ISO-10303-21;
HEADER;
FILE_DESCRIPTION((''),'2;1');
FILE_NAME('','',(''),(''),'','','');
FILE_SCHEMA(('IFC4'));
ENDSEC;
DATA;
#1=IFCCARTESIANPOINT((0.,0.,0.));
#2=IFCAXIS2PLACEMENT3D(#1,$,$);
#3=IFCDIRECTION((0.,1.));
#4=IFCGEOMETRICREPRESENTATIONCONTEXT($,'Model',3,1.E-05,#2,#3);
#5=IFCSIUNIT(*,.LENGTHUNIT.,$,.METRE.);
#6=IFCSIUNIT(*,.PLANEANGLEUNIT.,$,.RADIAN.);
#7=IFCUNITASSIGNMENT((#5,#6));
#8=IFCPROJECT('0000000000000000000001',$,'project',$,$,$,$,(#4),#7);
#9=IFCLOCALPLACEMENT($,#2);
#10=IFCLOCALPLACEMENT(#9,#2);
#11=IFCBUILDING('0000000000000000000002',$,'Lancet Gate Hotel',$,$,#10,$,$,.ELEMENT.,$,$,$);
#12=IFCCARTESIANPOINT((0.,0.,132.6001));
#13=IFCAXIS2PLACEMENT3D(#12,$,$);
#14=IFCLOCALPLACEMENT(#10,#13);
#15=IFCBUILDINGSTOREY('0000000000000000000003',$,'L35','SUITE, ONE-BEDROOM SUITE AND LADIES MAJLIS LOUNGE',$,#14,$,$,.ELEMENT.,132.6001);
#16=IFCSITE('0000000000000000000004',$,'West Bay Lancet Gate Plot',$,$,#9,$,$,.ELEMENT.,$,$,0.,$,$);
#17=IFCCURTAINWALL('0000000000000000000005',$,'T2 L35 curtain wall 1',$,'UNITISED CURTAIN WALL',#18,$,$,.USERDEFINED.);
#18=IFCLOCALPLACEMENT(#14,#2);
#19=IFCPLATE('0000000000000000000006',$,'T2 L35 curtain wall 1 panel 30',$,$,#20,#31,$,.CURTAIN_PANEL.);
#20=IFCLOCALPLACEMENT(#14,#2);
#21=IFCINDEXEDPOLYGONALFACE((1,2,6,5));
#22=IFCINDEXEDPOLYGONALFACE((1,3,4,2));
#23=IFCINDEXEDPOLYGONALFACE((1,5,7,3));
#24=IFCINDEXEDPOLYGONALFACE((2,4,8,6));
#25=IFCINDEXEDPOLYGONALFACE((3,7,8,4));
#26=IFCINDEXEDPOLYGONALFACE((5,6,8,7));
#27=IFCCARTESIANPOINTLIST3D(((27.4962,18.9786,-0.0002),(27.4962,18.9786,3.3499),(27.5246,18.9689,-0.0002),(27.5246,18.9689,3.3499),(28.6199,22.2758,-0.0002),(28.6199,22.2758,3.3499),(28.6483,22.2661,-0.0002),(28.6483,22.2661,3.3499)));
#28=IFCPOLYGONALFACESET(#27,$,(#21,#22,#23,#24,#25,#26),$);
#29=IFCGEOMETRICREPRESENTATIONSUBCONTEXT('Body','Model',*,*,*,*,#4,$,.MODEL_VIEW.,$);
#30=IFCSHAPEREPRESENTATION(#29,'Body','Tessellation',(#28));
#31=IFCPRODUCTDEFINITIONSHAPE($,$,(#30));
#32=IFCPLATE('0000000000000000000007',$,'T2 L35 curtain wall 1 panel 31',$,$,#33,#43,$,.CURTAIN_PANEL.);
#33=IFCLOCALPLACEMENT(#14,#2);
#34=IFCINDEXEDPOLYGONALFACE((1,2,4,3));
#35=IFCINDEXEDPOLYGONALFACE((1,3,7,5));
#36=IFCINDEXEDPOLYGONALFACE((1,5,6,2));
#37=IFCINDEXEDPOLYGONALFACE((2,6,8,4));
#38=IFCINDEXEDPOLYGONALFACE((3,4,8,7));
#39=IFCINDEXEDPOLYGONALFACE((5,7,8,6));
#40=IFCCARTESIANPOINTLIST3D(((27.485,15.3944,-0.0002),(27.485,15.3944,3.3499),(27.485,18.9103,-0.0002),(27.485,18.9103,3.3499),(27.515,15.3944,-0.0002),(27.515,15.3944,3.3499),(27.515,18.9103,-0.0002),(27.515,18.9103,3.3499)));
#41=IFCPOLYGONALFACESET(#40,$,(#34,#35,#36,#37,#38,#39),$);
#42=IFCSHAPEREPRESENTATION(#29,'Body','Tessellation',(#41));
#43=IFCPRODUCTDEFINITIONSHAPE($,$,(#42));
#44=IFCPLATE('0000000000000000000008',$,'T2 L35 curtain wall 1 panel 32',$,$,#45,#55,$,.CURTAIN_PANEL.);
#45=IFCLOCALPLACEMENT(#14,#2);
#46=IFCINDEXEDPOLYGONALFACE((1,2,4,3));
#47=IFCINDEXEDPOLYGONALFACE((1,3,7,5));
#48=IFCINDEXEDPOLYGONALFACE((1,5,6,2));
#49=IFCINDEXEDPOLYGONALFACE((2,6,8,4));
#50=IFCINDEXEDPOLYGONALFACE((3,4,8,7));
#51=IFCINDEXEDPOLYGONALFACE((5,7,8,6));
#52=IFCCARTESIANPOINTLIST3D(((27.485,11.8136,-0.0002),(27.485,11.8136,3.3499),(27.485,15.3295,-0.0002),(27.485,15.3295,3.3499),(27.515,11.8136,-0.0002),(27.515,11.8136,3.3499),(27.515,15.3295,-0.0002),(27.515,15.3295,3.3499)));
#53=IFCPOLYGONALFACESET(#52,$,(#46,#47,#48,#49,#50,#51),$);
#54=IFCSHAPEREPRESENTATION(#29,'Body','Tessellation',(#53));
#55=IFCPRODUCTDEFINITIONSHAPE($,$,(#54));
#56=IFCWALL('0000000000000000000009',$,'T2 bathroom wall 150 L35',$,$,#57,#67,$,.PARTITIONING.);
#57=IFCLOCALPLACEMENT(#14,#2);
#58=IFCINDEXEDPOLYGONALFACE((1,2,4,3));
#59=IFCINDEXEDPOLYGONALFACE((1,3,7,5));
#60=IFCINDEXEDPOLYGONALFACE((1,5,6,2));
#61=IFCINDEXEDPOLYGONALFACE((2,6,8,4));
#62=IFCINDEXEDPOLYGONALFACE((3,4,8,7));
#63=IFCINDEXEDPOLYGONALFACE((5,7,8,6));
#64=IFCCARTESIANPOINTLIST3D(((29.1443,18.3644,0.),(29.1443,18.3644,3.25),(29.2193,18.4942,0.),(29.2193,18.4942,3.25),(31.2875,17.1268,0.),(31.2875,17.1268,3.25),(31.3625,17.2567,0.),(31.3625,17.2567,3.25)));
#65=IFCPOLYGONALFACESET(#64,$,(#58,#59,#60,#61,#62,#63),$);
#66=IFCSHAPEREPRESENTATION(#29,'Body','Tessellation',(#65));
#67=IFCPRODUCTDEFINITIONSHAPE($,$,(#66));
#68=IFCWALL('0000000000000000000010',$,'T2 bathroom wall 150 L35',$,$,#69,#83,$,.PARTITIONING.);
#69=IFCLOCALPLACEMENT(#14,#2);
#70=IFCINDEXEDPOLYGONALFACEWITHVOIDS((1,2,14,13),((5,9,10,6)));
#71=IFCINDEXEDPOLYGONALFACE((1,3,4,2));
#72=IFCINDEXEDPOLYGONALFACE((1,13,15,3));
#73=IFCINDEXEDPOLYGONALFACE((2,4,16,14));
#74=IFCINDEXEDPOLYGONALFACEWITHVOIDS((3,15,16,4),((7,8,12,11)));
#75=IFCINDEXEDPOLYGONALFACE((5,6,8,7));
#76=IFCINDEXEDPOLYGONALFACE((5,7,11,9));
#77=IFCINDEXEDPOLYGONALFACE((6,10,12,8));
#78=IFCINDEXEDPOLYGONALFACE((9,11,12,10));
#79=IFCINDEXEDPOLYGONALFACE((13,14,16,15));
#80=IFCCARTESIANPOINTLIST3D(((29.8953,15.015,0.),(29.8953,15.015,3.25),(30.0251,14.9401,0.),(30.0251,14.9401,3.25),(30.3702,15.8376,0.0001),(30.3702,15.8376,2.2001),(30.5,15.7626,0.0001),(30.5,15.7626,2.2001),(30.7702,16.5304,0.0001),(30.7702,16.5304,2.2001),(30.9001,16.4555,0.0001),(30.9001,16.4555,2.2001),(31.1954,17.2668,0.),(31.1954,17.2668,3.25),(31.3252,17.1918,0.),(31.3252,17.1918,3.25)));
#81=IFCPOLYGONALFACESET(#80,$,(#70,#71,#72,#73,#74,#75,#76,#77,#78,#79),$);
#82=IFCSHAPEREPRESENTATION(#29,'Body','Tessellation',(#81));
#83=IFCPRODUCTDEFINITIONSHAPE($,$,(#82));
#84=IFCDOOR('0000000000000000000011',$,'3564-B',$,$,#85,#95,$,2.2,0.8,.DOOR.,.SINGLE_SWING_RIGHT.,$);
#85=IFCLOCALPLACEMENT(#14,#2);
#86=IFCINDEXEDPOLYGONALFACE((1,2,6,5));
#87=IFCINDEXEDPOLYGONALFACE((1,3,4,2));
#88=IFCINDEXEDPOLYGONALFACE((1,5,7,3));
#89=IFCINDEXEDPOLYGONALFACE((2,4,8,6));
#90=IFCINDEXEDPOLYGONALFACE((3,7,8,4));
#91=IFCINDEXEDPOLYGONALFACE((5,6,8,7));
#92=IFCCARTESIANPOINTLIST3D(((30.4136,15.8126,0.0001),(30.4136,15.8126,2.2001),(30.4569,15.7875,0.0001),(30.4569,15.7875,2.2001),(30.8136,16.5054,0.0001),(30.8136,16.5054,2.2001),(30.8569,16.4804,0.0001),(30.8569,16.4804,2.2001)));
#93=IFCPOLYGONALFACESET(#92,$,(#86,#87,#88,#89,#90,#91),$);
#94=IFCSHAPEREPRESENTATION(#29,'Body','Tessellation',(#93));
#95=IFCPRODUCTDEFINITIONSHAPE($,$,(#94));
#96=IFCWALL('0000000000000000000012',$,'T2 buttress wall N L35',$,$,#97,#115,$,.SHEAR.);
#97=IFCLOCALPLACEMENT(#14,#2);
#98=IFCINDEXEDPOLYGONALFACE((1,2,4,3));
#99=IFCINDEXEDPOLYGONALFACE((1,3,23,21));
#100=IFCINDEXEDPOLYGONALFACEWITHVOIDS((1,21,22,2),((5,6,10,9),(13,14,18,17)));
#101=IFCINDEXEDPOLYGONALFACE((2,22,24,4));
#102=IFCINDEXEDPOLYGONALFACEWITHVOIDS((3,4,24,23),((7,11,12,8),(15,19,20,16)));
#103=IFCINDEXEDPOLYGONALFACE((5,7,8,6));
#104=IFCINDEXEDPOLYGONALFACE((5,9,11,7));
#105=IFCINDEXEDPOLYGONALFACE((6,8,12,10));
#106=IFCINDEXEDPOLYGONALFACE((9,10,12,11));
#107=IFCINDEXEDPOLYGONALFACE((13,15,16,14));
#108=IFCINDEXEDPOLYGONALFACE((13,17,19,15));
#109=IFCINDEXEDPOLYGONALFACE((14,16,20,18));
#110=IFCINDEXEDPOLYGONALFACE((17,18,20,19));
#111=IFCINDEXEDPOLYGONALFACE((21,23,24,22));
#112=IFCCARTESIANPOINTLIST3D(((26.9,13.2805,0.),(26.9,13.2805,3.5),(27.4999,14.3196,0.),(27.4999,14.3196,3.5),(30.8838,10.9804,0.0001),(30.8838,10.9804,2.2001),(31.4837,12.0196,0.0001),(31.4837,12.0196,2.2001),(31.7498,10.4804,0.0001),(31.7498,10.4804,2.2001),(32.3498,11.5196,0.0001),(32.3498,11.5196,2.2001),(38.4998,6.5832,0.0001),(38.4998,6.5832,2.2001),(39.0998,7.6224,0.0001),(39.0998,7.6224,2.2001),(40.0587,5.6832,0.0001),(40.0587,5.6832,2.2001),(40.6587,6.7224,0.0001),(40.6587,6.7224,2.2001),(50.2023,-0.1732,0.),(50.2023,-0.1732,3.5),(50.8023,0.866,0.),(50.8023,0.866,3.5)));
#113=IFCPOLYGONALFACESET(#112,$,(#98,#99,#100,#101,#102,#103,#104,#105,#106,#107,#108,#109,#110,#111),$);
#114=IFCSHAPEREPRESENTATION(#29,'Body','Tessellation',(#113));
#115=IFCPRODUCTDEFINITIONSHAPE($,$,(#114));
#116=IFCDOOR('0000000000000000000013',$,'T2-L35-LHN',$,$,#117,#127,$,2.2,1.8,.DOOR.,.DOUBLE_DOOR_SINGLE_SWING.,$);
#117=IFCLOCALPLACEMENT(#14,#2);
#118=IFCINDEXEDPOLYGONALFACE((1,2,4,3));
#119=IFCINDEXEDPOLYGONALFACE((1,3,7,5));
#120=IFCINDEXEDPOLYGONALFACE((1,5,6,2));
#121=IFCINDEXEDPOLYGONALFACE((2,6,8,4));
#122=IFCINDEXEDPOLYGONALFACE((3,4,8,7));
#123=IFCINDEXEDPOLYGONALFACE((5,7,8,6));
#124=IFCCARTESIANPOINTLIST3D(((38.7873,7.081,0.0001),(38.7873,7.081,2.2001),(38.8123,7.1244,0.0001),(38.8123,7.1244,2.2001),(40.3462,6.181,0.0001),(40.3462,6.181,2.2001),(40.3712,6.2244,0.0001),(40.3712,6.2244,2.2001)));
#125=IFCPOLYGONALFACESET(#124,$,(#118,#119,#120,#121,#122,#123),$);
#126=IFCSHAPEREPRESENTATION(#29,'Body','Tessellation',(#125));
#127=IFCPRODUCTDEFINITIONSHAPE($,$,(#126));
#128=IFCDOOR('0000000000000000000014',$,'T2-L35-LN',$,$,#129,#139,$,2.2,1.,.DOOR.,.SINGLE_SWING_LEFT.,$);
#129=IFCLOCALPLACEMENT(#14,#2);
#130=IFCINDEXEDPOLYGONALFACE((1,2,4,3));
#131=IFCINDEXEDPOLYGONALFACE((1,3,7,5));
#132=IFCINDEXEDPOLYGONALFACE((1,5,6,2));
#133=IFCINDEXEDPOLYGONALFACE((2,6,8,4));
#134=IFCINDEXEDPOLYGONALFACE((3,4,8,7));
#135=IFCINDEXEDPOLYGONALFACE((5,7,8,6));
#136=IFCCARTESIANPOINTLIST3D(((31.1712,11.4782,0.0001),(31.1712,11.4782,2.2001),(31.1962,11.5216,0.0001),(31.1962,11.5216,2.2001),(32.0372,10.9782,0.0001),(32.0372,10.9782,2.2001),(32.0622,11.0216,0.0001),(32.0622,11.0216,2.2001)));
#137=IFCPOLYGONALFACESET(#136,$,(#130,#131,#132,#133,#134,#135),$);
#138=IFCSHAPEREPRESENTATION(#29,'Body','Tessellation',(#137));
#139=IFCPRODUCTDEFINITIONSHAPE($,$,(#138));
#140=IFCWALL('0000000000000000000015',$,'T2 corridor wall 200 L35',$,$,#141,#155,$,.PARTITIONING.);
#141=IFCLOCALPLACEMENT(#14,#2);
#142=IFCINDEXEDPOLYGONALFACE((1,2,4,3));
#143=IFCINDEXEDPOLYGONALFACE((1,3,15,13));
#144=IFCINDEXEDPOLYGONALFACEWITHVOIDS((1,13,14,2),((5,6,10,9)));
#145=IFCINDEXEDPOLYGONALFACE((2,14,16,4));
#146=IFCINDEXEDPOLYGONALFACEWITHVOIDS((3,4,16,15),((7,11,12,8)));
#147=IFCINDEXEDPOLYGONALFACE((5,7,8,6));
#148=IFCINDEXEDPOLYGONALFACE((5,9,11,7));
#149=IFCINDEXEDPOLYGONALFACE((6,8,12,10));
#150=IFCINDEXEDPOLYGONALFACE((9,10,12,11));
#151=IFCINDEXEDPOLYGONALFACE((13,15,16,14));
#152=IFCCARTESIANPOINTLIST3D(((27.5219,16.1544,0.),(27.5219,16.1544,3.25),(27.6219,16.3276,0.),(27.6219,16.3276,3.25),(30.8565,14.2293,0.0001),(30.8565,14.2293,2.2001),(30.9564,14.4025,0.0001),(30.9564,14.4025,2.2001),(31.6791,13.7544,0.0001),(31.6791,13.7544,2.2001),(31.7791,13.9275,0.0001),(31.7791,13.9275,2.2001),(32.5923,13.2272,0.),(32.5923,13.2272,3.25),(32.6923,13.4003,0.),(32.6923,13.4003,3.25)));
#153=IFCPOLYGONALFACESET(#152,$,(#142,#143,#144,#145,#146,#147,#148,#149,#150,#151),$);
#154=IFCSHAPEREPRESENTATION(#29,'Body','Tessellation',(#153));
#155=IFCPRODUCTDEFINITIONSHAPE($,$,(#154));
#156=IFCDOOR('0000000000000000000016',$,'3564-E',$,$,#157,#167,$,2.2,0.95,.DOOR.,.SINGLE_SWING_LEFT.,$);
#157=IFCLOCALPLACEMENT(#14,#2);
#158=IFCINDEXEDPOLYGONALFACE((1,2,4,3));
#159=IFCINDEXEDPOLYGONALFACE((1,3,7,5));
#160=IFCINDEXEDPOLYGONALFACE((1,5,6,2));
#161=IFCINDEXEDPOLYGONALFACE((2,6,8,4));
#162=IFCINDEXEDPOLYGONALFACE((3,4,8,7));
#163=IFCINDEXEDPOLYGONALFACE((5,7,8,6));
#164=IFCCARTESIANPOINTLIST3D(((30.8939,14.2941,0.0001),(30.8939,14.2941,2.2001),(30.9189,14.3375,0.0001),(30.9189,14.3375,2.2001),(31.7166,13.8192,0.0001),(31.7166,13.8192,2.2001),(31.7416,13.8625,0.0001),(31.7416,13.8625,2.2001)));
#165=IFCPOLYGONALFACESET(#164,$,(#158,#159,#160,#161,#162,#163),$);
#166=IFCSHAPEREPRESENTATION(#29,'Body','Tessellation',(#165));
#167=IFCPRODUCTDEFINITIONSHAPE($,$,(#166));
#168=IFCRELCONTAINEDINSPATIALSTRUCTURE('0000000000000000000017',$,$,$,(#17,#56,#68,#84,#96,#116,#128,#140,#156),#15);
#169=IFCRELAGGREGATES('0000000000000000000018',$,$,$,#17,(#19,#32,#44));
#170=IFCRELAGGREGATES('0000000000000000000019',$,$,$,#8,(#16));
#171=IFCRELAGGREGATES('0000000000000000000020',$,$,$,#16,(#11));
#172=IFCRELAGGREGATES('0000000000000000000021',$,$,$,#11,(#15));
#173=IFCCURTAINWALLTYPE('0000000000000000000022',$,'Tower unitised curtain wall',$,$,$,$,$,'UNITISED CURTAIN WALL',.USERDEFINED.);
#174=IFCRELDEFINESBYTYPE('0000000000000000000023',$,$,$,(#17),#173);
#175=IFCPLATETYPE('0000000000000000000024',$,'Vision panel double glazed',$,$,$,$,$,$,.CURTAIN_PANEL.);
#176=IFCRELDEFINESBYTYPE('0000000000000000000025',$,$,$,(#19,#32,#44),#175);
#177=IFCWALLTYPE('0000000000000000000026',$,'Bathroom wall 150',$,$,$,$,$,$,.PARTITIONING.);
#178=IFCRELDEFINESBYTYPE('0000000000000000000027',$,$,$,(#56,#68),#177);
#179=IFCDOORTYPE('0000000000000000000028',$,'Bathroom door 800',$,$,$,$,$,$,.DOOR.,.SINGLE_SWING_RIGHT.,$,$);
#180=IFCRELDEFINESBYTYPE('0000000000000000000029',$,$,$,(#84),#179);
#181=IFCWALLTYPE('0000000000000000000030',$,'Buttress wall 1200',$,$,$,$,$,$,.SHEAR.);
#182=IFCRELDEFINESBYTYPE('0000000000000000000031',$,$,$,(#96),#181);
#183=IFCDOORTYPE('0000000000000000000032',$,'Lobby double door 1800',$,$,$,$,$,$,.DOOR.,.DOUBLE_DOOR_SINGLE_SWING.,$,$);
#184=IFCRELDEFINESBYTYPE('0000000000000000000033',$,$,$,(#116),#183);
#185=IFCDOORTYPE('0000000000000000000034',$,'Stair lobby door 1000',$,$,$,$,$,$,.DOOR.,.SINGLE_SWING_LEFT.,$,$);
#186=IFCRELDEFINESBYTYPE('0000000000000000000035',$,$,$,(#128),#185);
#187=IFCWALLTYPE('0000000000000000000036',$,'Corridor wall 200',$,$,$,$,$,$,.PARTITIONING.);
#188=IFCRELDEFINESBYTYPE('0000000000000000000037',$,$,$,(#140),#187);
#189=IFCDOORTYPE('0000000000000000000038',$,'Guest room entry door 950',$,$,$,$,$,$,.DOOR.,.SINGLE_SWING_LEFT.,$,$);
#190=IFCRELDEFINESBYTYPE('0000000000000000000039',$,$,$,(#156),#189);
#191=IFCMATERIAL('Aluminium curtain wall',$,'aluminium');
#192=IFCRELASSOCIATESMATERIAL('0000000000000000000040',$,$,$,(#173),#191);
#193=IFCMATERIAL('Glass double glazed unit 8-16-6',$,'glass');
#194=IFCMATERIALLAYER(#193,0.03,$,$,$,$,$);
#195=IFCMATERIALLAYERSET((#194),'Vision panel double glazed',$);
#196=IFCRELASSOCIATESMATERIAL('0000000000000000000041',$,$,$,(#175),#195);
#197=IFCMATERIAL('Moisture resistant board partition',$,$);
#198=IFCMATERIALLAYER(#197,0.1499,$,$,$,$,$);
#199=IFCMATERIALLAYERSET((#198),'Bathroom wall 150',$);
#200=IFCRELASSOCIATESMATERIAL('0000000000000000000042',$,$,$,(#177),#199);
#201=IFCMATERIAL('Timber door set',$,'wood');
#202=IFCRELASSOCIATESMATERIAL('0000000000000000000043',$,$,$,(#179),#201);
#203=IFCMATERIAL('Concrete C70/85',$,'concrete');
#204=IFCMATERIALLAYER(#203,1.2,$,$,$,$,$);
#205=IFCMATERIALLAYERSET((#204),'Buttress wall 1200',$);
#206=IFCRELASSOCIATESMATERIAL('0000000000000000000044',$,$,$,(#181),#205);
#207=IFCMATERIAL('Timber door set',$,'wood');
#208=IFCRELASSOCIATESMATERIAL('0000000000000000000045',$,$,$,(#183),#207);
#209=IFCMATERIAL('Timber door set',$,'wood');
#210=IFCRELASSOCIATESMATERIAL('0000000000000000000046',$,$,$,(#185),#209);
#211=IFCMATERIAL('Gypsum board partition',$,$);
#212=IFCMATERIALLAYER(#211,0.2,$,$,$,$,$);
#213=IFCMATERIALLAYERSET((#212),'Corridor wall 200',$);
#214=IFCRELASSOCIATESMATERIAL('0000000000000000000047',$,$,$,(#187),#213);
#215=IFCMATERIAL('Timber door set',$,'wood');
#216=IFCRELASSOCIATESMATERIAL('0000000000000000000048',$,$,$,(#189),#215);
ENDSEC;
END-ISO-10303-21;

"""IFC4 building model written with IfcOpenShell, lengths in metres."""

from ifc_helpers import new_model, si_unit, direction, frame, frame_2d, origin, origin_2d, place, context, subcontext, project, spatial, rectangle, extrude, material, layer, layer_set, type_object, element, fill, aggregate, save


model = new_model("IFC4")

# Units and contexts
model_context = context("Model", 3, precision=1e-05, world=origin(), true_north=direction((0.0, 1.0)))
body_context = subcontext(model_context, "Body", "Model", "MODEL_VIEW")
ifc_project = project(units=[si_unit("LENGTHUNIT", "METRE"), si_unit("PLANEANGLEUNIT", "RADIAN")], contexts=[model_context])

# Site, building, storey
site_placement = place(None, origin())
site = spatial("IfcSite", under=ifc_project, at=site_placement, Name="West Bay Lancet Gate Plot", CompositionType="ELEMENT", RefElevation=0.0)
building_placement = place(site_placement, origin())
building = spatial("IfcBuilding", under=site, at=building_placement, Name="Lancet Gate Hotel", CompositionType="ELEMENT")
storey_placement = place(building_placement, frame((0.0, 0.0, 132.6001)))
storey = spatial("IfcBuildingStorey", under=building, at=storey_placement, Name="L35", Description="SUITE, ONE-BEDROOM SUITE AND LADIES MAJLIS LOUNGE", CompositionType="ELEMENT", Elevation=132.6001)

# Curtain wall
ifc_material_1 = material(Name="Aluminium curtain wall", Category="aluminium")
curtain_wall_type = type_object("IfcCurtainWallType", Name="Tower unitised curtain wall", ElementType="UNITISED CURTAIN WALL", PredefinedType="USERDEFINED", material=ifc_material_1)
curtain_wall_placement = place(storey_placement, origin())
curtain_wall = element("IfcCurtainWall", 1, at=curtain_wall_placement, inside=storey, type_object=curtain_wall_type, Name="T2 L35 curtain wall 1", ObjectType="UNITISED CURTAIN WALL", PredefinedType="USERDEFINED")

# Plates
ifc_material_2 = material(Name="Glass double glazed unit 8-16-6", Category="glass")
ifc_layer_1 = layer(ifc_material_2, 0.03)
ifc_layer_set_1 = layer_set([ifc_layer_1], Name="Vision panel double glazed")
plate_type = type_object("IfcPlateType", Name="Vision panel double glazed", PredefinedType="CURTAIN_PANEL", material=ifc_layer_set_1)
plate_1_placement = place(storey_placement, frame((28.0723, 20.6223, -0.0002), z_axis=(0.0, 0.0, 1.0), x_axis=(-0.322576, -0.946544, 0.0)))
plate_1 = element("IfcPlate", 2, at=plate_1_placement, type_object=plate_type, Name="T2 L35 curtain wall 1 panel 30", PredefinedType="CURTAIN_PANEL", context=body_context, shape_type="SweptSolid", body=[
    extrude(rectangle(XDim=3.4834, YDim=0.03, at=origin_2d()), origin(), (0.0, 0.0, 1.0), 3.3501),
])
plate_2_placement = place(storey_placement, frame((27.5, 17.1523, -0.0002), z_axis=(0.0, 0.0, 1.0), x_axis=(0.0, -1.0, 0.0)))
plate_2 = element("IfcPlate", 3, at=plate_2_placement, type_object=plate_type, Name="T2 L35 curtain wall 1 panel 31", PredefinedType="CURTAIN_PANEL", context=body_context, shape_type="SweptSolid", body=[
    extrude(rectangle(XDim=3.5159, YDim=0.03, at=origin_2d()), origin(), (0.0, 0.0, 1.0), 3.3501),
])
plate_3_placement = place(storey_placement, frame((27.5, 13.5715, -0.0002), z_axis=(0.0, 0.0, 1.0), x_axis=(0.0, -1.0, 0.0)))
plate_3 = element("IfcPlate", 4, at=plate_3_placement, type_object=plate_type, Name="T2 L35 curtain wall 1 panel 32", PredefinedType="CURTAIN_PANEL", context=body_context, shape_type="SweptSolid", body=[
    extrude(rectangle(XDim=3.5159, YDim=0.03, at=origin_2d()), origin(), (0.0, 0.0, 1.0), 3.3501),
])
aggregate(curtain_wall, [plate_1, plate_2, plate_3])

# Wall
ifc_material_3 = material(Name="Moisture resistant board partition")
ifc_layer_2 = layer(ifc_material_3, 0.1499)
ifc_layer_set_2 = layer_set([ifc_layer_2], Name="Bathroom wall 150")
wall_type_1 = type_object("IfcWallType", Name="Bathroom wall 150", PredefinedType="PARTITIONING", material=ifc_layer_set_2)
wall_1_placement = place(storey_placement, frame((29.1819, 18.4292, 0.0), z_axis=(0.0, 0.0, 1.0), x_axis=(0.866007, -0.500033, 0.0)))
element("IfcWall", 5, at=wall_1_placement, inside=storey, type_object=wall_type_1, Name="T2 bathroom wall 150 L35", PredefinedType="PARTITIONING", context=body_context, shape_type="SweptSolid", body=[
    extrude(rectangle(XDim=2.4749, YDim=0.1499, at=frame_2d((1.2373, 0.0))), origin(), (0.0, 0.0, 1.0), 3.25),
])

# Wall, opening, door
wall_2_placement = place(storey_placement, frame((29.9602, 14.9775, 0.0), z_axis=(0.0, 0.0, 1.0), x_axis=(0.500007, 0.866021, 0.0)))
wall_2 = element("IfcWall", 6, at=wall_2_placement, inside=storey, type_object=wall_type_1, Name="T2 bathroom wall 150 L35", PredefinedType="PARTITIONING", context=body_context, shape_type="SweptSolid", body=[
    extrude(rectangle(XDim=2.6001, YDim=0.1499, at=frame_2d((1.3, 0.0))), origin(), (0.0, 0.0, 1.0), 3.25),
])
opening_1_placement = place(wall_2_placement, frame((0.95, 0.0, 0.0)))
opening_1 = element("IfcOpeningElement", 7, at=opening_1_placement, cuts=wall_2, PredefinedType="OPENING", context=body_context, shape_type="SweptSolid", body=[
    extrude(rectangle(XDim=0.8, YDim=2.2, at=frame_2d((0.3999, 1.1001))), frame((0.0, 0.085, 0.0), z_axis=(0.0, -1.0, 0.0), x_axis=(1.0, 0.0, 0.0)), (0.0, 0.0, 1.0), 0.1699),
])
ifc_material_4 = material(Name="Timber door set", Category="wood")
door_type_1 = type_object("IfcDoorType", Name="Bathroom door 800", OperationType="SINGLE_SWING_RIGHT", PredefinedType="DOOR", material=ifc_material_4)
door_1_placement = place(opening_1_placement, origin())
door_1 = element("IfcDoor", 8, at=door_1_placement, inside=storey, type_object=door_type_1, Name="3564-B", OperationType="SINGLE_SWING_RIGHT", OverallHeight=2.2, OverallWidth=0.8, PredefinedType="DOOR", context=body_context, shape_type="SweptSolid", body=[
    extrude(rectangle(XDim=0.8, YDim=2.2, at=frame_2d((0.3999, 1.1001))), frame((0.0, 0.0249, 0.0), z_axis=(0.0, -1.0, 0.0), x_axis=(1.0, 0.0, 0.0)), (0.0, 0.0, 1.0), 0.05),
])
fill(opening_1, door_1)

# Wall, openings, doors
ifc_material_5 = material(Name="Concrete C70/85", Category="concrete")
ifc_layer_3 = layer(ifc_material_5, 1.2)
ifc_layer_set_3 = layer_set([ifc_layer_3], Name="Buttress wall 1200")
wall_type_2 = type_object("IfcWallType", Name="Buttress wall 1200", PredefinedType="SHEAR", material=ifc_layer_set_3)
wall_3_placement = place(storey_placement, frame((27.2, 13.8, 0.0), z_axis=(0.0, 0.0, 1.0), x_axis=(0.866025, -0.500002, 0.0)))
wall_3 = element("IfcWall", 9, at=wall_3_placement, inside=storey, type_object=wall_type_2, Name="T2 buttress wall N L35", PredefinedType="SHEAR", context=body_context, shape_type="SweptSolid", body=[
    extrude(rectangle(XDim=26.9072, YDim=1.2, at=frame_2d((13.4536, 0.0))), origin(), (0.0, 0.0, 1.0), 3.5),
])
opening_2_placement = place(wall_3_placement, frame((4.6001, 0.0, 0.0)))
opening_2 = element("IfcOpeningElement", 10, at=opening_2_placement, cuts=wall_3, PredefinedType="OPENING", context=body_context, shape_type="SweptSolid", body=[
    extrude(rectangle(XDim=1.0, YDim=2.2, at=frame_2d((0.5, 1.1001))), frame((0.0, 0.6099, 0.0), z_axis=(0.0, -1.0, 0.0), x_axis=(1.0, 0.0, 0.0)), (0.0, 0.0, 1.0), 1.22),
])
opening_3_placement = place(wall_3_placement, frame((13.3945, 0.0, 0.0)))
opening_3 = element("IfcOpeningElement", 11, at=opening_3_placement, cuts=wall_3, PredefinedType="OPENING", context=body_context, shape_type="SweptSolid", body=[
    extrude(rectangle(XDim=1.8, YDim=2.2, at=frame_2d((0.8999, 1.1001))), frame((0.0, 0.6099, 0.0), z_axis=(0.0, -1.0, 0.0), x_axis=(1.0, 0.0, 0.0)), (0.0, 0.0, 1.0), 1.22),
])
ifc_material_6 = material(Name="Timber door set", Category="wood")
door_type_2 = type_object("IfcDoorType", Name="Lobby double door 1800", OperationType="DOUBLE_DOOR_SINGLE_SWING", PredefinedType="DOOR", material=ifc_material_6)
door_2_placement = place(opening_3_placement, origin())
door_2 = element("IfcDoor", 12, at=door_2_placement, inside=storey, type_object=door_type_2, Name="T2-L35-LHN", OperationType="DOUBLE_DOOR_SINGLE_SWING", OverallHeight=2.2, OverallWidth=1.8, PredefinedType="DOOR", context=body_context, shape_type="SweptSolid", body=[
    extrude(rectangle(XDim=1.8, YDim=2.2, at=frame_2d((0.8999, 1.1001))), frame((0.0, 0.0249, 0.0), z_axis=(0.0, -1.0, 0.0), x_axis=(1.0, 0.0, 0.0)), (0.0, 0.0, 1.0), 0.05),
])
fill(opening_3, door_2)
ifc_material_7 = material(Name="Timber door set", Category="wood")
door_type_3 = type_object("IfcDoorType", Name="Stair lobby door 1000", OperationType="SINGLE_SWING_LEFT", PredefinedType="DOOR", material=ifc_material_7)
door_3_placement = place(opening_2_placement, origin())
door_3 = element("IfcDoor", 13, at=door_3_placement, inside=storey, type_object=door_type_3, Name="T2-L35-LN", OperationType="SINGLE_SWING_LEFT", OverallHeight=2.2, OverallWidth=1.0, PredefinedType="DOOR", context=body_context, shape_type="SweptSolid", body=[
    extrude(rectangle(XDim=1.0, YDim=2.2, at=frame_2d((0.5, 1.1001))), frame((0.0, 0.0249, 0.0), z_axis=(0.0, -1.0, 0.0), x_axis=(1.0, 0.0, 0.0)), (0.0, 0.0, 1.0), 0.05),
])
fill(opening_2, door_3)

# Wall, opening, door
ifc_material_8 = material(Name="Gypsum board partition")
ifc_layer_4 = layer(ifc_material_8, 0.2)
ifc_layer_set_4 = layer_set([ifc_layer_4], Name="Corridor wall 200")
wall_type_3 = type_object("IfcWallType", Name="Corridor wall 200", PredefinedType="PARTITIONING", material=ifc_layer_set_4)
wall_4_placement = place(storey_placement, frame((27.572, 16.241, 0.0), z_axis=(0.0, 0.0, 1.0), x_axis=(0.866033, -0.499987, 0.0)))
wall_4 = element("IfcWall", 14, at=wall_4_placement, inside=storey, type_object=wall_type_3, Name="T2 corridor wall 200 L35", PredefinedType="PARTITIONING", context=body_context, shape_type="SweptSolid", body=[
    extrude(rectangle(XDim=5.8547, YDim=0.2, at=frame_2d((2.9272, 0.0))), origin(), (0.0, 0.0, 1.0), 3.25),
])
opening_4_placement = place(wall_4_placement, frame((3.8501, 0.0, 0.0)))
opening_4 = element("IfcOpeningElement", 15, at=opening_4_placement, cuts=wall_4, PredefinedType="OPENING", context=body_context, shape_type="SweptSolid", body=[
    extrude(rectangle(XDim=0.95, YDim=2.2, at=frame_2d((0.4751, 1.1001))), frame((0.0, 0.1099, 0.0), z_axis=(0.0, -1.0, 0.0), x_axis=(1.0, 0.0, 0.0)), (0.0, 0.0, 1.0), 0.22),
])
ifc_material_9 = material(Name="Timber door set", Category="wood")
door_type_4 = type_object("IfcDoorType", Name="Guest room entry door 950", OperationType="SINGLE_SWING_LEFT", PredefinedType="DOOR", material=ifc_material_9)
door_4_placement = place(opening_4_placement, origin())
door_4 = element("IfcDoor", 16, at=door_4_placement, inside=storey, type_object=door_type_4, Name="3564-E", OperationType="SINGLE_SWING_LEFT", OverallHeight=2.2, OverallWidth=0.95, PredefinedType="DOOR", context=body_context, shape_type="SweptSolid", body=[
    extrude(rectangle(XDim=0.95, YDim=2.2, at=frame_2d((0.4751, 1.1001))), frame((0.0, 0.0249, 0.0), z_axis=(0.0, -1.0, 0.0), x_axis=(1.0, 0.0, 0.0)), (0.0, 0.0, 1.0), 0.05),
])
fill(opening_4, door_4)

save(model, "model.ifc")
